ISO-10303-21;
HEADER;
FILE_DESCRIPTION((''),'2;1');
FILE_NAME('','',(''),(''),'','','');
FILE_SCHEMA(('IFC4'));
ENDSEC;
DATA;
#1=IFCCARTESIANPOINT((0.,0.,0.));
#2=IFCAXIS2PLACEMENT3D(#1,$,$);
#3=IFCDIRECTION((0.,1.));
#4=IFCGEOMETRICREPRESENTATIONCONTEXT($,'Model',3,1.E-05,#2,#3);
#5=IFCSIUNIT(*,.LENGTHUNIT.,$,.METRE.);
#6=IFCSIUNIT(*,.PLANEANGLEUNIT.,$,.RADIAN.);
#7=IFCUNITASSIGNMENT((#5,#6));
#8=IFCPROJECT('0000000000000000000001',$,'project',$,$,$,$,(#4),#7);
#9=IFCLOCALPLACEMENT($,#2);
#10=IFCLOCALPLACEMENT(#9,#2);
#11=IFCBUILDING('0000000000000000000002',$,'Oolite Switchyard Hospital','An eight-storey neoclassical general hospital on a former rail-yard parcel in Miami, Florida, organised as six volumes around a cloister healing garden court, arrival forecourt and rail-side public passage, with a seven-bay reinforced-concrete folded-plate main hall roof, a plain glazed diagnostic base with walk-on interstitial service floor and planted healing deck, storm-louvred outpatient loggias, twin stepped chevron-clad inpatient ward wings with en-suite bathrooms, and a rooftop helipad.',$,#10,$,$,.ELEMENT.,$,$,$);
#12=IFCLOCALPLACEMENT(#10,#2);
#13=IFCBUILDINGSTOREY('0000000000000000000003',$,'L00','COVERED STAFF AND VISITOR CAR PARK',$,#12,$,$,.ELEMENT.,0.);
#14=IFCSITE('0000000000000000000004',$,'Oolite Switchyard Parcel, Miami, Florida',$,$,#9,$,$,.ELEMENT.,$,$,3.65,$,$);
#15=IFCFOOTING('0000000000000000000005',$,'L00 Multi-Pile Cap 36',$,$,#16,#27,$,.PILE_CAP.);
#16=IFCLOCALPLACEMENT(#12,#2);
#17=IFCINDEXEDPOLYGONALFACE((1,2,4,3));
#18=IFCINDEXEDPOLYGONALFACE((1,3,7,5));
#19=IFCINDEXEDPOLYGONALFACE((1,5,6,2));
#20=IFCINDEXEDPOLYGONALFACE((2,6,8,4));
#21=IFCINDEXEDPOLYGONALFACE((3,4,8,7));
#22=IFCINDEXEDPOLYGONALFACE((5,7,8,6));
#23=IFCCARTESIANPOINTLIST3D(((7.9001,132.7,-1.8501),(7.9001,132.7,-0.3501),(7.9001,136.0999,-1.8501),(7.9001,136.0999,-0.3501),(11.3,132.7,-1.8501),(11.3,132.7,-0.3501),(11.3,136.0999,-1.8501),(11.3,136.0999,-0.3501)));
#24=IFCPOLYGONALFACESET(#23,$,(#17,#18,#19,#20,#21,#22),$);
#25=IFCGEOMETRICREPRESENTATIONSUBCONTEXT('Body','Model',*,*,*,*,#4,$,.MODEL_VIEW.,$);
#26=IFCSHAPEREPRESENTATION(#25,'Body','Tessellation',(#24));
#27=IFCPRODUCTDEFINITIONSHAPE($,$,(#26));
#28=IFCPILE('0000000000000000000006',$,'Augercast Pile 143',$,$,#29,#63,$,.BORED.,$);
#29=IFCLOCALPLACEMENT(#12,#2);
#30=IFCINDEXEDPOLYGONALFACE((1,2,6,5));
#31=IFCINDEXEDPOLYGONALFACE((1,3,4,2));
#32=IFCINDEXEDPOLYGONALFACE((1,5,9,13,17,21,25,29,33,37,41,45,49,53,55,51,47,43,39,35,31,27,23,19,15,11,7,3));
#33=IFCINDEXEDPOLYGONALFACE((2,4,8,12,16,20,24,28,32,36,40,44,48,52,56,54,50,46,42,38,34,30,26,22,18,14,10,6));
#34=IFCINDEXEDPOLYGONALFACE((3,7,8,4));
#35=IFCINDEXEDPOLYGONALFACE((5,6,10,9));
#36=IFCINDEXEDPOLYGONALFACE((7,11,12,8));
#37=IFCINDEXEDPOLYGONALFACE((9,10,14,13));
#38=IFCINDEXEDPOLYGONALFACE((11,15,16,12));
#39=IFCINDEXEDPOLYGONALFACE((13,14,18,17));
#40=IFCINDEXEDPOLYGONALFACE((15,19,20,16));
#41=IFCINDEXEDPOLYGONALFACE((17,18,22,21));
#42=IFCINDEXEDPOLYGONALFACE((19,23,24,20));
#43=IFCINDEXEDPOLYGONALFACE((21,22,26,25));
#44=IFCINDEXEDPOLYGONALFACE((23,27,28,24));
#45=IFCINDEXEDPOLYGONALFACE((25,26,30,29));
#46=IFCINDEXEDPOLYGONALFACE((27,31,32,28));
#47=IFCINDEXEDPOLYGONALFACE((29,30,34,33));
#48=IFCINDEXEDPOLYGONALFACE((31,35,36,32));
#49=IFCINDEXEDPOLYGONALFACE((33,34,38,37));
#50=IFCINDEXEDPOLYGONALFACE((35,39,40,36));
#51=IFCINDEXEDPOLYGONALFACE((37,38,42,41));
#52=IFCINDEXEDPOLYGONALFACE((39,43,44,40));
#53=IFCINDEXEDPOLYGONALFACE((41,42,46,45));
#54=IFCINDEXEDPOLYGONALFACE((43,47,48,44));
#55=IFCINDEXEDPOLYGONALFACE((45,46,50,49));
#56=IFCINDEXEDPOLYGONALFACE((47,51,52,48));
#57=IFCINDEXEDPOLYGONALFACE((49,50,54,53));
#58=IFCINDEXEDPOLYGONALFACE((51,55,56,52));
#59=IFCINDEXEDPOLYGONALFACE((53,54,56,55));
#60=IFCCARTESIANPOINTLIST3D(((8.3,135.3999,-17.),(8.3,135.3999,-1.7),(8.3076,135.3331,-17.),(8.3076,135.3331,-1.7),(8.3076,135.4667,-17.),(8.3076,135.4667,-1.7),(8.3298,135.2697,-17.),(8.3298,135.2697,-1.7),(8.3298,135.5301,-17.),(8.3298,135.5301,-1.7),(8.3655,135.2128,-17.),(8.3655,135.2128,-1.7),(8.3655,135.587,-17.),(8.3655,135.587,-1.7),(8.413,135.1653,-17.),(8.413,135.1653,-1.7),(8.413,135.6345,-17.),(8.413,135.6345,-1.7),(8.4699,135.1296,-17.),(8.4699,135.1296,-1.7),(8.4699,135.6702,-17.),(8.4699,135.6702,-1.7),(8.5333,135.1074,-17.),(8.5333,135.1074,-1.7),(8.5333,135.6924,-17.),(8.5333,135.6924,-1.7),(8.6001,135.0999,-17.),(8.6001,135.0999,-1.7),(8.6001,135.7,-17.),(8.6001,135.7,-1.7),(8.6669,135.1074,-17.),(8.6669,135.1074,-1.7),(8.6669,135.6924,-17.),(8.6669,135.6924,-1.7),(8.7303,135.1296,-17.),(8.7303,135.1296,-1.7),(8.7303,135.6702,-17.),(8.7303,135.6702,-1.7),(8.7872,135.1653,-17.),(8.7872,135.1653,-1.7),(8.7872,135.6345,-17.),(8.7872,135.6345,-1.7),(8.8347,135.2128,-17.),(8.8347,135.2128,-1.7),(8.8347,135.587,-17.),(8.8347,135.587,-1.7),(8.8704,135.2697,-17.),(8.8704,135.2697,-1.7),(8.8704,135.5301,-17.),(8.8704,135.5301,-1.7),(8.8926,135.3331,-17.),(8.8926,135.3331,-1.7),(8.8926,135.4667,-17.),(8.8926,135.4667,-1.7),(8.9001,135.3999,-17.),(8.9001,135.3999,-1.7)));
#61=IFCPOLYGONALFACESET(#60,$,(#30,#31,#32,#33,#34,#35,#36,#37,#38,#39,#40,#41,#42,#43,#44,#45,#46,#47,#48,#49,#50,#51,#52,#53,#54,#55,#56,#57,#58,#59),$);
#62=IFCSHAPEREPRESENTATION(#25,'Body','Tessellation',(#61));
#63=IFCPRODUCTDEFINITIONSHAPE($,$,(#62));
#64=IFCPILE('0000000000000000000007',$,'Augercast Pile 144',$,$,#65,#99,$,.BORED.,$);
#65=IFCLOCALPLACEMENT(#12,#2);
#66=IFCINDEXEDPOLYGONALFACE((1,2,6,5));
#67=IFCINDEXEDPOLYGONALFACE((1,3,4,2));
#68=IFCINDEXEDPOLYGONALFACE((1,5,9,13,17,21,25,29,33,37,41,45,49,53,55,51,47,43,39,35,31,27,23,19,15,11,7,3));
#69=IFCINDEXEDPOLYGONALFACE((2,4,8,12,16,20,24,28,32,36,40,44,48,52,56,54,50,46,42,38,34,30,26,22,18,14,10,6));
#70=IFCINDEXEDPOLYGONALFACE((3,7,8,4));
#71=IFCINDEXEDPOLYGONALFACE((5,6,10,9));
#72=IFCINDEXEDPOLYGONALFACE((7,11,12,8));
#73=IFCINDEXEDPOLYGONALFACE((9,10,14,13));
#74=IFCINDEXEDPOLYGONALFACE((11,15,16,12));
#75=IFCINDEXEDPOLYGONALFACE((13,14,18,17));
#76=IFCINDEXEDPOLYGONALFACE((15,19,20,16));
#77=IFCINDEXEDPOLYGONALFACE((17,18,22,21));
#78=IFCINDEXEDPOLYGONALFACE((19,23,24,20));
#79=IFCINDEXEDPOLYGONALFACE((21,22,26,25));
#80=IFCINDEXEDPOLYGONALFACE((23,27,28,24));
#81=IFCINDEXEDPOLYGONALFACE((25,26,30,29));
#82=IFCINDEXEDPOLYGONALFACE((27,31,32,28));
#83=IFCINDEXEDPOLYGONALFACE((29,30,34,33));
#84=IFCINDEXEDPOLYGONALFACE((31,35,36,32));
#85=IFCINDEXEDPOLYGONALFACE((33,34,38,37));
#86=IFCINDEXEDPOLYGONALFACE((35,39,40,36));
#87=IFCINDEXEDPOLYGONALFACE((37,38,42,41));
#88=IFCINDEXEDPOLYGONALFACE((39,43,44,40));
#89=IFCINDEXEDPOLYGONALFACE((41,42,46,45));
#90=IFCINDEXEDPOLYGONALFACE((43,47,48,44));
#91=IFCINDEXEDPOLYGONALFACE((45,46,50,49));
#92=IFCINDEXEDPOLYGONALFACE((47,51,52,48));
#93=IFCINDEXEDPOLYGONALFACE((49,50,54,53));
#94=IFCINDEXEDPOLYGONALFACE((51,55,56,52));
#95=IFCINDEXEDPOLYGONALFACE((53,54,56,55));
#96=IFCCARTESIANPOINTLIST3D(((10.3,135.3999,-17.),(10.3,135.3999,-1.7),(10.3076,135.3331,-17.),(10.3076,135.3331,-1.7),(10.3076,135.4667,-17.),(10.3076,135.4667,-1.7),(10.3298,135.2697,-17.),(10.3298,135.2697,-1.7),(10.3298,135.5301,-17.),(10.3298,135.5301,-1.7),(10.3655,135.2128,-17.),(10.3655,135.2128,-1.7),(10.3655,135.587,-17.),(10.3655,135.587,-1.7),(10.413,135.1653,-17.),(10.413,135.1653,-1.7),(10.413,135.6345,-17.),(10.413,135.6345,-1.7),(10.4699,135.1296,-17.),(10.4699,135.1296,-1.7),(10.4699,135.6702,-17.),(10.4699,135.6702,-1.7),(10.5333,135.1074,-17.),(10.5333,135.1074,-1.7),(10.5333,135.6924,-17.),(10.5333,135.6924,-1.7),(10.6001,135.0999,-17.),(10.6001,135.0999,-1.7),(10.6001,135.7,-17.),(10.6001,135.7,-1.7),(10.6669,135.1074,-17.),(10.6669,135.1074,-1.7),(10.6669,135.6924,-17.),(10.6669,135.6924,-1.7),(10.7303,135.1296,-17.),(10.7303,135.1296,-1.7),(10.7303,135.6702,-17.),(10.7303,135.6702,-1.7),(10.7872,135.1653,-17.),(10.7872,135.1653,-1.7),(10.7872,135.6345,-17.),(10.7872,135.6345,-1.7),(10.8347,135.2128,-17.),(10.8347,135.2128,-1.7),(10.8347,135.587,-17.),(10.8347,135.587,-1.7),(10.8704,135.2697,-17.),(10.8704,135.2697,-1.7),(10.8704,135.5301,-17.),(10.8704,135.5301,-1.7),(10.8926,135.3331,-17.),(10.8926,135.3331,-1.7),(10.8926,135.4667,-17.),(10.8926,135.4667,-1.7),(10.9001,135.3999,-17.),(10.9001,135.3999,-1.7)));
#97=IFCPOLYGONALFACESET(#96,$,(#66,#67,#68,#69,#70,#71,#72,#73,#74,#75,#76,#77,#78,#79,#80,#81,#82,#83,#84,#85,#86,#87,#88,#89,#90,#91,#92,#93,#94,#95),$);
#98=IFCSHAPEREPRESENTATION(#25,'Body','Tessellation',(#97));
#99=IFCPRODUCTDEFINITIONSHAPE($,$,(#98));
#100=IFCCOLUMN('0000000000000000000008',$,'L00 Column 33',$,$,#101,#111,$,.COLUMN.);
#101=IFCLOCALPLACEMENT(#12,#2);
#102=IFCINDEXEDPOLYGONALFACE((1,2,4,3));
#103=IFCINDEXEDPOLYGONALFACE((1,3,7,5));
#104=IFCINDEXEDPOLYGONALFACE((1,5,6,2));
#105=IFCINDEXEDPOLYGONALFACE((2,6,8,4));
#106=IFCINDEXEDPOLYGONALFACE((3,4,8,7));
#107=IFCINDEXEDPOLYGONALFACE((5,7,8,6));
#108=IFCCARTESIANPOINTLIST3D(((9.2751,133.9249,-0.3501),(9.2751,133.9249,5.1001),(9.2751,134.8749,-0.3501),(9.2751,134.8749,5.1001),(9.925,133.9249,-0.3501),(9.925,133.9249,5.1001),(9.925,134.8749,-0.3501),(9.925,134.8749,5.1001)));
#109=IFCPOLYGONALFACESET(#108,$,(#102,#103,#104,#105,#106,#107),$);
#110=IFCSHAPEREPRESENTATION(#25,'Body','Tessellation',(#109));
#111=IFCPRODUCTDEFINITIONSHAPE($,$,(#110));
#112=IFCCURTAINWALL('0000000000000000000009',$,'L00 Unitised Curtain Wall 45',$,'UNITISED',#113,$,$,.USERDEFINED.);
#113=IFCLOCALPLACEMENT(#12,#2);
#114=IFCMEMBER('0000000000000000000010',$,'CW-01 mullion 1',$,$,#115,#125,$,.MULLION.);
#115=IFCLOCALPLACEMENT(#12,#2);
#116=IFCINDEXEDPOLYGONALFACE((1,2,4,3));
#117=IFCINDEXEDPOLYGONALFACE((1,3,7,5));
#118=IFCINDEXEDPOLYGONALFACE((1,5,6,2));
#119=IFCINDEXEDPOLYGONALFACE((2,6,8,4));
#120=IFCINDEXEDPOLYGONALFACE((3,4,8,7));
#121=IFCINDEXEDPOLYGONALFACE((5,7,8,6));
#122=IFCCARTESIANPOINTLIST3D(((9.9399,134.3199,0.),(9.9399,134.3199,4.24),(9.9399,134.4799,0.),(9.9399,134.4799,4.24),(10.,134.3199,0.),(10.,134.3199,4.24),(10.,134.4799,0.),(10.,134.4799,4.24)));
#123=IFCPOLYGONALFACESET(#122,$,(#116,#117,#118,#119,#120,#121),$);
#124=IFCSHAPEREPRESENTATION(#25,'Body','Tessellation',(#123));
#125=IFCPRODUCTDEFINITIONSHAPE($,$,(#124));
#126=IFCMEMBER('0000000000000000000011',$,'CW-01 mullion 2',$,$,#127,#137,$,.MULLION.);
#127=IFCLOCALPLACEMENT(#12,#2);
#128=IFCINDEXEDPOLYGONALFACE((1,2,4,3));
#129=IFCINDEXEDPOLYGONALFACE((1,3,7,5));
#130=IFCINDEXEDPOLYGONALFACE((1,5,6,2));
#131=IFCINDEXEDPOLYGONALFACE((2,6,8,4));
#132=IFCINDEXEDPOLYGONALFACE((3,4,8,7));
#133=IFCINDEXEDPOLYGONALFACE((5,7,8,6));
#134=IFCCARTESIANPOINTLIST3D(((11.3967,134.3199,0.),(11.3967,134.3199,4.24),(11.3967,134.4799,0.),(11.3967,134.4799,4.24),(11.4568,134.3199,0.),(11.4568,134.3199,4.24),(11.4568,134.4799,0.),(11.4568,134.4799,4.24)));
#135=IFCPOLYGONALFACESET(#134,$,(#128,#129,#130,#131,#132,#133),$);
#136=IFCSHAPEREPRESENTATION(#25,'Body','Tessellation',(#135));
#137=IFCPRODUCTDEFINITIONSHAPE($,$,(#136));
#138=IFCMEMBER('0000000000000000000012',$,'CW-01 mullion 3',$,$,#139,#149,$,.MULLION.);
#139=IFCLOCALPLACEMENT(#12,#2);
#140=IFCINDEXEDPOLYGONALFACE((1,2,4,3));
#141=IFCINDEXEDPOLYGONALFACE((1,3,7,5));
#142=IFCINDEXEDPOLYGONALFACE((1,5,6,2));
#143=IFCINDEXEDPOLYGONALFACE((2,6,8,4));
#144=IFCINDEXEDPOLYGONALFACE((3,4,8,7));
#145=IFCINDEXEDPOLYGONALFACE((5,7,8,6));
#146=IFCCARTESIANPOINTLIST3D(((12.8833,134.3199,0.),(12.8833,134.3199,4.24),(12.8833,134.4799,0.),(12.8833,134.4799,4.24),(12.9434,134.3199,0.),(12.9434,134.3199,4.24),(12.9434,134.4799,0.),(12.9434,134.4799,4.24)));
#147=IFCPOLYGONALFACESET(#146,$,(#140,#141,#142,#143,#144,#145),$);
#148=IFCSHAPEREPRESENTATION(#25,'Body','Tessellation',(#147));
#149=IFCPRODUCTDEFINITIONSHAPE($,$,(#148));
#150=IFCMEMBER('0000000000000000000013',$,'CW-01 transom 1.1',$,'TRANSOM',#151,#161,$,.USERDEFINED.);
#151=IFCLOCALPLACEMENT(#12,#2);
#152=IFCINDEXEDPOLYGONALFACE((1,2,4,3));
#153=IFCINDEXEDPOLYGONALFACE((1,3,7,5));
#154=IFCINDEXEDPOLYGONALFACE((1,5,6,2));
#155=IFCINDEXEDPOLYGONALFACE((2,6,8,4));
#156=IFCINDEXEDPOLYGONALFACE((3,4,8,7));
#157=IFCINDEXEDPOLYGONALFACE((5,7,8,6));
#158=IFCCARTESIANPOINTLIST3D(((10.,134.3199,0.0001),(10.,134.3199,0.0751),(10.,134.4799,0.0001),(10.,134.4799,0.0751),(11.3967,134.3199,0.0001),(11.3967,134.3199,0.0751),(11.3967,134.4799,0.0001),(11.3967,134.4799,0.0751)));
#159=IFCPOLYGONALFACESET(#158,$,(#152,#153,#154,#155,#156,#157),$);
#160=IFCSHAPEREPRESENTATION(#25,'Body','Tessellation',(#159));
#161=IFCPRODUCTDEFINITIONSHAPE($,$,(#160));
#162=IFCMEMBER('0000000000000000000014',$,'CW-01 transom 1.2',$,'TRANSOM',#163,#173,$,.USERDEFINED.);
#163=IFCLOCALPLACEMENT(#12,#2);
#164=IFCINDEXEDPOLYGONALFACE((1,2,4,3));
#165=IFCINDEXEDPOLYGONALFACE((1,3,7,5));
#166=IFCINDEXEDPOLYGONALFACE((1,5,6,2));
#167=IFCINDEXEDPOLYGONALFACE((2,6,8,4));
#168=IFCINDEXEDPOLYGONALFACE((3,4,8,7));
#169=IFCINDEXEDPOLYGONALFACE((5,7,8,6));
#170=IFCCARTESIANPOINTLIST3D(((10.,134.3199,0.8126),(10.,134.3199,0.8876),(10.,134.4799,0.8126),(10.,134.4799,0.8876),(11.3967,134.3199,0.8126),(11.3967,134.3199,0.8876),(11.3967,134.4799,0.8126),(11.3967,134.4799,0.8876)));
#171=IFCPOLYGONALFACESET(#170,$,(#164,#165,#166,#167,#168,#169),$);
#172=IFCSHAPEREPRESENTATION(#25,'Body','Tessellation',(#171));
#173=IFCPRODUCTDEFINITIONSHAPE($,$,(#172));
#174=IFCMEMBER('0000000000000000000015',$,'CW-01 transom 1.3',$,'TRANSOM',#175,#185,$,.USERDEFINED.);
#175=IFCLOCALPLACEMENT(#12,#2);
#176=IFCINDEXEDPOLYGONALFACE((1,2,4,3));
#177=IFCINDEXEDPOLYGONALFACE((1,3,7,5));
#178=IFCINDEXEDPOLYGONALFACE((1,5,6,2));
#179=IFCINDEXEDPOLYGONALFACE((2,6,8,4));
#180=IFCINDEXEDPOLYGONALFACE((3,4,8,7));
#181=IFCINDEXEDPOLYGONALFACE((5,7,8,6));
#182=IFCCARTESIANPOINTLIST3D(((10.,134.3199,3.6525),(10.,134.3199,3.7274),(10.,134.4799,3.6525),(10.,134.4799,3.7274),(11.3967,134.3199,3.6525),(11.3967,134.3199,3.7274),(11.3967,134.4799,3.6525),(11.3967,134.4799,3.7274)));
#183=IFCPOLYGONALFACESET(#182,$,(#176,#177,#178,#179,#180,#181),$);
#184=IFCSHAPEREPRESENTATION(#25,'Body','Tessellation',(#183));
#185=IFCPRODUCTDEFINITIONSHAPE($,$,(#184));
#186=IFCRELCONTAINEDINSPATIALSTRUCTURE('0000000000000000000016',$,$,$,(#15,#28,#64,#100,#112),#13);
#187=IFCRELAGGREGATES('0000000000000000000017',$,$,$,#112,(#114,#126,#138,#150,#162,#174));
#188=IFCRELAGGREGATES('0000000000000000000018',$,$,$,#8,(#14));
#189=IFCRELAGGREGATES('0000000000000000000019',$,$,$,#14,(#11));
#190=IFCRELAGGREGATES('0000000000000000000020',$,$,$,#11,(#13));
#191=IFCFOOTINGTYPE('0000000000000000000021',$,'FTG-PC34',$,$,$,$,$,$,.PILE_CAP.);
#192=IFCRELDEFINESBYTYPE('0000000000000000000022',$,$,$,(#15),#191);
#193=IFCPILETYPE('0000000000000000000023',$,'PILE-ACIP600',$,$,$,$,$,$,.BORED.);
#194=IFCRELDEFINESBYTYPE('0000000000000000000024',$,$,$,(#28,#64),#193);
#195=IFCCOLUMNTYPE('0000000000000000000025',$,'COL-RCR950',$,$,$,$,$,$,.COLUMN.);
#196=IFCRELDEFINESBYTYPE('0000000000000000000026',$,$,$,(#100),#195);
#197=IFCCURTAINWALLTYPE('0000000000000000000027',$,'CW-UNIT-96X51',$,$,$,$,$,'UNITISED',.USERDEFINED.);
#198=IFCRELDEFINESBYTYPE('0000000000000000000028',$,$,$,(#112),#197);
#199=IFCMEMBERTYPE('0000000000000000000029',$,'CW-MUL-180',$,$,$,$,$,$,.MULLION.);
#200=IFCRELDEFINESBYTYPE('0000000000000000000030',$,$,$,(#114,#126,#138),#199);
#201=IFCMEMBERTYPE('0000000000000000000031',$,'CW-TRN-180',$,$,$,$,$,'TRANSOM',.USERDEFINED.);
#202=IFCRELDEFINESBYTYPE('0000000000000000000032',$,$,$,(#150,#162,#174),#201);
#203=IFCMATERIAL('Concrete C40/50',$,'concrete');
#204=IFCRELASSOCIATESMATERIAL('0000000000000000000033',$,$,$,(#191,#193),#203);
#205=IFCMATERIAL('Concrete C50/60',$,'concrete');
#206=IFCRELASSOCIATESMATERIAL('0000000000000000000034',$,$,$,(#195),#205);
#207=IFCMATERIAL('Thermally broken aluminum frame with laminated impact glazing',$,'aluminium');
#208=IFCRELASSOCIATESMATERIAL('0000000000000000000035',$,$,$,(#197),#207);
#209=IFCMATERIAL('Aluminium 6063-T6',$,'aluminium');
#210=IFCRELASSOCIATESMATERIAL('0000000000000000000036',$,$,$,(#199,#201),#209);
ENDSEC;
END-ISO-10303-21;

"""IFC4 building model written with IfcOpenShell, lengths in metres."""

from ifc_helpers import new_model, si_unit, direction, frame, origin, origin_2d, place, context, subcontext, project, spatial, rectangle, circle, extrude, material, material_profile, profile_set, type_object, element, aggregate, save


model = new_model("IFC4")

# Units and contexts
model_context = context("Model", 3, precision=1e-05, world=origin(), true_north=direction((0.0, 1.0)))
body_context = subcontext(model_context, "Body", "Model", "MODEL_VIEW")
ifc_project = project(units=[si_unit("LENGTHUNIT", "METRE"), si_unit("PLANEANGLEUNIT", "RADIAN")], contexts=[model_context])

# Site, building, storey
site_placement = place(None, origin())
site = spatial("IfcSite", under=ifc_project, at=site_placement, Name="Oolite Switchyard Parcel, Miami, Florida", CompositionType="ELEMENT", RefElevation=3.65)
building_placement = place(site_placement, origin())
building = spatial("IfcBuilding", under=site, at=building_placement, Name="Oolite Switchyard Hospital", Description="An eight-storey neoclassical general hospital on a former rail-yard parcel in Miami, Florida, organised as six volumes around a cloister healing garden court, arrival forecourt and rail-side public passage, with a seven-bay reinforced-concrete folded-plate main hall roof, a plain glazed diagnostic base with walk-on interstitial service floor and planted healing deck, storm-louvred outpatient loggias, twin stepped chevron-clad inpatient ward wings with en-suite bathrooms, and a rooftop helipad.", CompositionType="ELEMENT")
storey_placement = place(building_placement, origin())
storey = spatial("IfcBuildingStorey", under=building, at=storey_placement, Name="L00", Description="COVERED STAFF AND VISITOR CAR PARK", CompositionType="ELEMENT", Elevation=0.0)

# Footing
ifc_material_1 = material(Name="Concrete C40/50", Category="concrete")
footing_type = type_object("IfcFootingType", Name="FTG-PC34", PredefinedType="PILE_CAP", material=ifc_material_1)
footing_placement = place(storey_placement, frame((9.6001, 134.3999, -1.8501), z_axis=(0.0, 0.0, 1.0), x_axis=(1.0, 0.0, 0.0)))
element("IfcFooting", 1, at=footing_placement, inside=storey, type_object=footing_type, Name="L00 Multi-Pile Cap 36", PredefinedType="PILE_CAP", context=body_context, shape_type="SweptSolid", body=[
    extrude(rectangle(XDim=3.3999, YDim=3.3999, at=origin_2d()), origin(), (0.0, 0.0, 1.0), 1.5),
])

# Piles
ifc_material_profile_1 = material_profile(ifc_material_1, circle(Radius=0.3, at=origin_2d()), Name="PILE600")
ifc_profile_set_1 = profile_set([ifc_material_profile_1], Name="Concrete C40/50")
pile_type = type_object("IfcPileType", Name="PILE-ACIP600", PredefinedType="BORED", material=ifc_profile_set_1)
for number, where, z_axis, x_axis, name in (
    (2, (8.6001, 135.3999, -1.7), (0.0, 0.0, -1.0), (1.0, 0.0, 0.0), "Augercast Pile 143"),
    (3, (10.6001, 135.3999, -1.7), (0.0, 0.0, -1.0), (1.0, 0.0, 0.0), "Augercast Pile 144"),
):
    element("IfcPile", number, at=place(storey_placement, frame(where, z_axis=z_axis, x_axis=x_axis)), inside=storey, type_object=pile_type, Name=name, PredefinedType="BORED", context=body_context, shape_type="SweptSolid", body=[
        extrude(circle(Radius=0.3, at=origin_2d()), origin(), (0.0, 0.0, 1.0), 15.3),
    ])

# Column
ifc_material_2 = material(Name="Concrete C50/60", Category="concrete")
ifc_material_profile_2 = material_profile(ifc_material_2, rectangle(XDim=0.95, YDim=0.6499, at=origin_2d()), Name="RC950X650")
ifc_profile_set_2 = profile_set([ifc_material_profile_2], Name="Concrete C50/60")
column_type = type_object("IfcColumnType", Name="COL-RCR950", PredefinedType="COLUMN", material=ifc_profile_set_2)
column_placement = place(storey_placement, frame((9.6001, 134.3999, -0.3501), z_axis=(0.0, 0.0, 1.0), x_axis=(0.0, 1.0, 0.0)))
element("IfcColumn", 4, at=column_placement, inside=storey, type_object=column_type, Name="L00 Column 33", PredefinedType="COLUMN", context=body_context, shape_type="SweptSolid", body=[
    extrude(rectangle(XDim=0.95, YDim=0.6499, at=origin_2d()), origin(), (0.0, 0.0, 1.0), 5.4502),
])

# Curtain wall, members
ifc_material_3 = material(Name="Thermally broken aluminum frame with laminated impact glazing", Category="aluminium")
curtain_wall_type = type_object("IfcCurtainWallType", Name="CW-UNIT-96X51", ElementType="UNITISED", PredefinedType="USERDEFINED", material=ifc_material_3)
curtain_wall_placement = place(storey_placement, origin())
curtain_wall = element("IfcCurtainWall", 5, at=curtain_wall_placement, inside=storey, type_object=curtain_wall_type, Name="L00 Unitised Curtain Wall 45", ObjectType="UNITISED", PredefinedType="USERDEFINED")
ifc_material_4 = material(Name="Aluminium 6063-T6", Category="aluminium")
ifc_material_profile_3 = material_profile(ifc_material_4, rectangle(XDim=0.1599, YDim=0.0601, at=origin_2d()), Name="CWM60X160")
ifc_profile_set_3 = profile_set([ifc_material_profile_3], Name="Aluminium 6063-T6")
member_type_1 = type_object("IfcMemberType", Name="CW-MUL-180", PredefinedType="MULLION", material=ifc_profile_set_3)
member_1_placement = place(storey_placement, frame((9.97, 134.3999, 0.0), z_axis=(0.0, 0.0, 1.0), x_axis=(0.0, 1.0, 0.0)))
member_1 = element("IfcMember", 6, at=member_1_placement, type_object=member_type_1, Name="CW-01 mullion 1", PredefinedType="MULLION", context=body_context, shape_type="SweptSolid", body=[
    extrude(rectangle(XDim=0.1599, YDim=0.0601, at=origin_2d()), origin(), (0.0, 0.0, 1.0), 4.24),
])
member_2_placement = place(storey_placement, frame((11.4268, 134.3999, 0.0), z_axis=(0.0, 0.0, 1.0), x_axis=(0.0, 1.0, 0.0)))
member_2 = element("IfcMember", 7, at=member_2_placement, type_object=member_type_1, Name="CW-01 mullion 2", PredefinedType="MULLION", context=body_context, shape_type="SweptSolid", body=[
    extrude(rectangle(XDim=0.1599, YDim=0.0601, at=origin_2d()), origin(), (0.0, 0.0, 1.0), 4.24),
])
member_3_placement = place(storey_placement, frame((12.9133, 134.3999, 0.0), z_axis=(0.0, 0.0, 1.0), x_axis=(0.0, 1.0, 0.0)))
member_3 = element("IfcMember", 8, at=member_3_placement, type_object=member_type_1, Name="CW-01 mullion 3", PredefinedType="MULLION", context=body_context, shape_type="SweptSolid", body=[
    extrude(rectangle(XDim=0.1599, YDim=0.0601, at=origin_2d()), origin(), (0.0, 0.0, 1.0), 4.24),
])
ifc_material_profile_4 = material_profile(ifc_material_4, rectangle(XDim=0.1599, YDim=0.075, at=origin_2d()), Name="CWT75X160")
ifc_profile_set_4 = profile_set([ifc_material_profile_4], Name="Aluminium 6063-T6")
member_type_2 = type_object("IfcMemberType", Name="CW-TRN-180", ElementType="TRANSOM", PredefinedType="USERDEFINED", material=ifc_profile_set_4)
member_4_placement = place(storey_placement, frame((10.0, 134.3999, 0.0376), z_axis=(1.0, 0.0, 0.0), x_axis=(0.0, 1.0, 0.0)))
member_4 = element("IfcMember", 9, at=member_4_placement, type_object=member_type_2, Name="CW-01 transom 1.1", ObjectType="TRANSOM", PredefinedType="USERDEFINED", context=body_context, shape_type="SweptSolid", body=[
    extrude(rectangle(XDim=0.1599, YDim=0.075, at=origin_2d()), origin(), (0.0, 0.0, 1.0), 1.3967),
])
member_5_placement = place(storey_placement, frame((10.0, 134.3999, 0.8501), z_axis=(1.0, 0.0, 0.0), x_axis=(0.0, 1.0, 0.0)))
member_5 = element("IfcMember", 10, at=member_5_placement, type_object=member_type_2, Name="CW-01 transom 1.2", ObjectType="TRANSOM", PredefinedType="USERDEFINED", context=body_context, shape_type="SweptSolid", body=[
    extrude(rectangle(XDim=0.1599, YDim=0.075, at=origin_2d()), origin(), (0.0, 0.0, 1.0), 1.3967),
])
member_6_placement = place(storey_placement, frame((10.0, 134.3999, 3.6899), z_axis=(1.0, 0.0, 0.0), x_axis=(0.0, 1.0, 0.0)))
member_6 = element("IfcMember", 11, at=member_6_placement, type_object=member_type_2, Name="CW-01 transom 1.3", ObjectType="TRANSOM", PredefinedType="USERDEFINED", context=body_context, shape_type="SweptSolid", body=[
    extrude(rectangle(XDim=0.1599, YDim=0.075, at=origin_2d()), origin(), (0.0, 0.0, 1.0), 1.3967),
])
aggregate(curtain_wall, [member_1, member_2, member_3, member_4, member_5, member_6])

save(model, "model.ifc")
